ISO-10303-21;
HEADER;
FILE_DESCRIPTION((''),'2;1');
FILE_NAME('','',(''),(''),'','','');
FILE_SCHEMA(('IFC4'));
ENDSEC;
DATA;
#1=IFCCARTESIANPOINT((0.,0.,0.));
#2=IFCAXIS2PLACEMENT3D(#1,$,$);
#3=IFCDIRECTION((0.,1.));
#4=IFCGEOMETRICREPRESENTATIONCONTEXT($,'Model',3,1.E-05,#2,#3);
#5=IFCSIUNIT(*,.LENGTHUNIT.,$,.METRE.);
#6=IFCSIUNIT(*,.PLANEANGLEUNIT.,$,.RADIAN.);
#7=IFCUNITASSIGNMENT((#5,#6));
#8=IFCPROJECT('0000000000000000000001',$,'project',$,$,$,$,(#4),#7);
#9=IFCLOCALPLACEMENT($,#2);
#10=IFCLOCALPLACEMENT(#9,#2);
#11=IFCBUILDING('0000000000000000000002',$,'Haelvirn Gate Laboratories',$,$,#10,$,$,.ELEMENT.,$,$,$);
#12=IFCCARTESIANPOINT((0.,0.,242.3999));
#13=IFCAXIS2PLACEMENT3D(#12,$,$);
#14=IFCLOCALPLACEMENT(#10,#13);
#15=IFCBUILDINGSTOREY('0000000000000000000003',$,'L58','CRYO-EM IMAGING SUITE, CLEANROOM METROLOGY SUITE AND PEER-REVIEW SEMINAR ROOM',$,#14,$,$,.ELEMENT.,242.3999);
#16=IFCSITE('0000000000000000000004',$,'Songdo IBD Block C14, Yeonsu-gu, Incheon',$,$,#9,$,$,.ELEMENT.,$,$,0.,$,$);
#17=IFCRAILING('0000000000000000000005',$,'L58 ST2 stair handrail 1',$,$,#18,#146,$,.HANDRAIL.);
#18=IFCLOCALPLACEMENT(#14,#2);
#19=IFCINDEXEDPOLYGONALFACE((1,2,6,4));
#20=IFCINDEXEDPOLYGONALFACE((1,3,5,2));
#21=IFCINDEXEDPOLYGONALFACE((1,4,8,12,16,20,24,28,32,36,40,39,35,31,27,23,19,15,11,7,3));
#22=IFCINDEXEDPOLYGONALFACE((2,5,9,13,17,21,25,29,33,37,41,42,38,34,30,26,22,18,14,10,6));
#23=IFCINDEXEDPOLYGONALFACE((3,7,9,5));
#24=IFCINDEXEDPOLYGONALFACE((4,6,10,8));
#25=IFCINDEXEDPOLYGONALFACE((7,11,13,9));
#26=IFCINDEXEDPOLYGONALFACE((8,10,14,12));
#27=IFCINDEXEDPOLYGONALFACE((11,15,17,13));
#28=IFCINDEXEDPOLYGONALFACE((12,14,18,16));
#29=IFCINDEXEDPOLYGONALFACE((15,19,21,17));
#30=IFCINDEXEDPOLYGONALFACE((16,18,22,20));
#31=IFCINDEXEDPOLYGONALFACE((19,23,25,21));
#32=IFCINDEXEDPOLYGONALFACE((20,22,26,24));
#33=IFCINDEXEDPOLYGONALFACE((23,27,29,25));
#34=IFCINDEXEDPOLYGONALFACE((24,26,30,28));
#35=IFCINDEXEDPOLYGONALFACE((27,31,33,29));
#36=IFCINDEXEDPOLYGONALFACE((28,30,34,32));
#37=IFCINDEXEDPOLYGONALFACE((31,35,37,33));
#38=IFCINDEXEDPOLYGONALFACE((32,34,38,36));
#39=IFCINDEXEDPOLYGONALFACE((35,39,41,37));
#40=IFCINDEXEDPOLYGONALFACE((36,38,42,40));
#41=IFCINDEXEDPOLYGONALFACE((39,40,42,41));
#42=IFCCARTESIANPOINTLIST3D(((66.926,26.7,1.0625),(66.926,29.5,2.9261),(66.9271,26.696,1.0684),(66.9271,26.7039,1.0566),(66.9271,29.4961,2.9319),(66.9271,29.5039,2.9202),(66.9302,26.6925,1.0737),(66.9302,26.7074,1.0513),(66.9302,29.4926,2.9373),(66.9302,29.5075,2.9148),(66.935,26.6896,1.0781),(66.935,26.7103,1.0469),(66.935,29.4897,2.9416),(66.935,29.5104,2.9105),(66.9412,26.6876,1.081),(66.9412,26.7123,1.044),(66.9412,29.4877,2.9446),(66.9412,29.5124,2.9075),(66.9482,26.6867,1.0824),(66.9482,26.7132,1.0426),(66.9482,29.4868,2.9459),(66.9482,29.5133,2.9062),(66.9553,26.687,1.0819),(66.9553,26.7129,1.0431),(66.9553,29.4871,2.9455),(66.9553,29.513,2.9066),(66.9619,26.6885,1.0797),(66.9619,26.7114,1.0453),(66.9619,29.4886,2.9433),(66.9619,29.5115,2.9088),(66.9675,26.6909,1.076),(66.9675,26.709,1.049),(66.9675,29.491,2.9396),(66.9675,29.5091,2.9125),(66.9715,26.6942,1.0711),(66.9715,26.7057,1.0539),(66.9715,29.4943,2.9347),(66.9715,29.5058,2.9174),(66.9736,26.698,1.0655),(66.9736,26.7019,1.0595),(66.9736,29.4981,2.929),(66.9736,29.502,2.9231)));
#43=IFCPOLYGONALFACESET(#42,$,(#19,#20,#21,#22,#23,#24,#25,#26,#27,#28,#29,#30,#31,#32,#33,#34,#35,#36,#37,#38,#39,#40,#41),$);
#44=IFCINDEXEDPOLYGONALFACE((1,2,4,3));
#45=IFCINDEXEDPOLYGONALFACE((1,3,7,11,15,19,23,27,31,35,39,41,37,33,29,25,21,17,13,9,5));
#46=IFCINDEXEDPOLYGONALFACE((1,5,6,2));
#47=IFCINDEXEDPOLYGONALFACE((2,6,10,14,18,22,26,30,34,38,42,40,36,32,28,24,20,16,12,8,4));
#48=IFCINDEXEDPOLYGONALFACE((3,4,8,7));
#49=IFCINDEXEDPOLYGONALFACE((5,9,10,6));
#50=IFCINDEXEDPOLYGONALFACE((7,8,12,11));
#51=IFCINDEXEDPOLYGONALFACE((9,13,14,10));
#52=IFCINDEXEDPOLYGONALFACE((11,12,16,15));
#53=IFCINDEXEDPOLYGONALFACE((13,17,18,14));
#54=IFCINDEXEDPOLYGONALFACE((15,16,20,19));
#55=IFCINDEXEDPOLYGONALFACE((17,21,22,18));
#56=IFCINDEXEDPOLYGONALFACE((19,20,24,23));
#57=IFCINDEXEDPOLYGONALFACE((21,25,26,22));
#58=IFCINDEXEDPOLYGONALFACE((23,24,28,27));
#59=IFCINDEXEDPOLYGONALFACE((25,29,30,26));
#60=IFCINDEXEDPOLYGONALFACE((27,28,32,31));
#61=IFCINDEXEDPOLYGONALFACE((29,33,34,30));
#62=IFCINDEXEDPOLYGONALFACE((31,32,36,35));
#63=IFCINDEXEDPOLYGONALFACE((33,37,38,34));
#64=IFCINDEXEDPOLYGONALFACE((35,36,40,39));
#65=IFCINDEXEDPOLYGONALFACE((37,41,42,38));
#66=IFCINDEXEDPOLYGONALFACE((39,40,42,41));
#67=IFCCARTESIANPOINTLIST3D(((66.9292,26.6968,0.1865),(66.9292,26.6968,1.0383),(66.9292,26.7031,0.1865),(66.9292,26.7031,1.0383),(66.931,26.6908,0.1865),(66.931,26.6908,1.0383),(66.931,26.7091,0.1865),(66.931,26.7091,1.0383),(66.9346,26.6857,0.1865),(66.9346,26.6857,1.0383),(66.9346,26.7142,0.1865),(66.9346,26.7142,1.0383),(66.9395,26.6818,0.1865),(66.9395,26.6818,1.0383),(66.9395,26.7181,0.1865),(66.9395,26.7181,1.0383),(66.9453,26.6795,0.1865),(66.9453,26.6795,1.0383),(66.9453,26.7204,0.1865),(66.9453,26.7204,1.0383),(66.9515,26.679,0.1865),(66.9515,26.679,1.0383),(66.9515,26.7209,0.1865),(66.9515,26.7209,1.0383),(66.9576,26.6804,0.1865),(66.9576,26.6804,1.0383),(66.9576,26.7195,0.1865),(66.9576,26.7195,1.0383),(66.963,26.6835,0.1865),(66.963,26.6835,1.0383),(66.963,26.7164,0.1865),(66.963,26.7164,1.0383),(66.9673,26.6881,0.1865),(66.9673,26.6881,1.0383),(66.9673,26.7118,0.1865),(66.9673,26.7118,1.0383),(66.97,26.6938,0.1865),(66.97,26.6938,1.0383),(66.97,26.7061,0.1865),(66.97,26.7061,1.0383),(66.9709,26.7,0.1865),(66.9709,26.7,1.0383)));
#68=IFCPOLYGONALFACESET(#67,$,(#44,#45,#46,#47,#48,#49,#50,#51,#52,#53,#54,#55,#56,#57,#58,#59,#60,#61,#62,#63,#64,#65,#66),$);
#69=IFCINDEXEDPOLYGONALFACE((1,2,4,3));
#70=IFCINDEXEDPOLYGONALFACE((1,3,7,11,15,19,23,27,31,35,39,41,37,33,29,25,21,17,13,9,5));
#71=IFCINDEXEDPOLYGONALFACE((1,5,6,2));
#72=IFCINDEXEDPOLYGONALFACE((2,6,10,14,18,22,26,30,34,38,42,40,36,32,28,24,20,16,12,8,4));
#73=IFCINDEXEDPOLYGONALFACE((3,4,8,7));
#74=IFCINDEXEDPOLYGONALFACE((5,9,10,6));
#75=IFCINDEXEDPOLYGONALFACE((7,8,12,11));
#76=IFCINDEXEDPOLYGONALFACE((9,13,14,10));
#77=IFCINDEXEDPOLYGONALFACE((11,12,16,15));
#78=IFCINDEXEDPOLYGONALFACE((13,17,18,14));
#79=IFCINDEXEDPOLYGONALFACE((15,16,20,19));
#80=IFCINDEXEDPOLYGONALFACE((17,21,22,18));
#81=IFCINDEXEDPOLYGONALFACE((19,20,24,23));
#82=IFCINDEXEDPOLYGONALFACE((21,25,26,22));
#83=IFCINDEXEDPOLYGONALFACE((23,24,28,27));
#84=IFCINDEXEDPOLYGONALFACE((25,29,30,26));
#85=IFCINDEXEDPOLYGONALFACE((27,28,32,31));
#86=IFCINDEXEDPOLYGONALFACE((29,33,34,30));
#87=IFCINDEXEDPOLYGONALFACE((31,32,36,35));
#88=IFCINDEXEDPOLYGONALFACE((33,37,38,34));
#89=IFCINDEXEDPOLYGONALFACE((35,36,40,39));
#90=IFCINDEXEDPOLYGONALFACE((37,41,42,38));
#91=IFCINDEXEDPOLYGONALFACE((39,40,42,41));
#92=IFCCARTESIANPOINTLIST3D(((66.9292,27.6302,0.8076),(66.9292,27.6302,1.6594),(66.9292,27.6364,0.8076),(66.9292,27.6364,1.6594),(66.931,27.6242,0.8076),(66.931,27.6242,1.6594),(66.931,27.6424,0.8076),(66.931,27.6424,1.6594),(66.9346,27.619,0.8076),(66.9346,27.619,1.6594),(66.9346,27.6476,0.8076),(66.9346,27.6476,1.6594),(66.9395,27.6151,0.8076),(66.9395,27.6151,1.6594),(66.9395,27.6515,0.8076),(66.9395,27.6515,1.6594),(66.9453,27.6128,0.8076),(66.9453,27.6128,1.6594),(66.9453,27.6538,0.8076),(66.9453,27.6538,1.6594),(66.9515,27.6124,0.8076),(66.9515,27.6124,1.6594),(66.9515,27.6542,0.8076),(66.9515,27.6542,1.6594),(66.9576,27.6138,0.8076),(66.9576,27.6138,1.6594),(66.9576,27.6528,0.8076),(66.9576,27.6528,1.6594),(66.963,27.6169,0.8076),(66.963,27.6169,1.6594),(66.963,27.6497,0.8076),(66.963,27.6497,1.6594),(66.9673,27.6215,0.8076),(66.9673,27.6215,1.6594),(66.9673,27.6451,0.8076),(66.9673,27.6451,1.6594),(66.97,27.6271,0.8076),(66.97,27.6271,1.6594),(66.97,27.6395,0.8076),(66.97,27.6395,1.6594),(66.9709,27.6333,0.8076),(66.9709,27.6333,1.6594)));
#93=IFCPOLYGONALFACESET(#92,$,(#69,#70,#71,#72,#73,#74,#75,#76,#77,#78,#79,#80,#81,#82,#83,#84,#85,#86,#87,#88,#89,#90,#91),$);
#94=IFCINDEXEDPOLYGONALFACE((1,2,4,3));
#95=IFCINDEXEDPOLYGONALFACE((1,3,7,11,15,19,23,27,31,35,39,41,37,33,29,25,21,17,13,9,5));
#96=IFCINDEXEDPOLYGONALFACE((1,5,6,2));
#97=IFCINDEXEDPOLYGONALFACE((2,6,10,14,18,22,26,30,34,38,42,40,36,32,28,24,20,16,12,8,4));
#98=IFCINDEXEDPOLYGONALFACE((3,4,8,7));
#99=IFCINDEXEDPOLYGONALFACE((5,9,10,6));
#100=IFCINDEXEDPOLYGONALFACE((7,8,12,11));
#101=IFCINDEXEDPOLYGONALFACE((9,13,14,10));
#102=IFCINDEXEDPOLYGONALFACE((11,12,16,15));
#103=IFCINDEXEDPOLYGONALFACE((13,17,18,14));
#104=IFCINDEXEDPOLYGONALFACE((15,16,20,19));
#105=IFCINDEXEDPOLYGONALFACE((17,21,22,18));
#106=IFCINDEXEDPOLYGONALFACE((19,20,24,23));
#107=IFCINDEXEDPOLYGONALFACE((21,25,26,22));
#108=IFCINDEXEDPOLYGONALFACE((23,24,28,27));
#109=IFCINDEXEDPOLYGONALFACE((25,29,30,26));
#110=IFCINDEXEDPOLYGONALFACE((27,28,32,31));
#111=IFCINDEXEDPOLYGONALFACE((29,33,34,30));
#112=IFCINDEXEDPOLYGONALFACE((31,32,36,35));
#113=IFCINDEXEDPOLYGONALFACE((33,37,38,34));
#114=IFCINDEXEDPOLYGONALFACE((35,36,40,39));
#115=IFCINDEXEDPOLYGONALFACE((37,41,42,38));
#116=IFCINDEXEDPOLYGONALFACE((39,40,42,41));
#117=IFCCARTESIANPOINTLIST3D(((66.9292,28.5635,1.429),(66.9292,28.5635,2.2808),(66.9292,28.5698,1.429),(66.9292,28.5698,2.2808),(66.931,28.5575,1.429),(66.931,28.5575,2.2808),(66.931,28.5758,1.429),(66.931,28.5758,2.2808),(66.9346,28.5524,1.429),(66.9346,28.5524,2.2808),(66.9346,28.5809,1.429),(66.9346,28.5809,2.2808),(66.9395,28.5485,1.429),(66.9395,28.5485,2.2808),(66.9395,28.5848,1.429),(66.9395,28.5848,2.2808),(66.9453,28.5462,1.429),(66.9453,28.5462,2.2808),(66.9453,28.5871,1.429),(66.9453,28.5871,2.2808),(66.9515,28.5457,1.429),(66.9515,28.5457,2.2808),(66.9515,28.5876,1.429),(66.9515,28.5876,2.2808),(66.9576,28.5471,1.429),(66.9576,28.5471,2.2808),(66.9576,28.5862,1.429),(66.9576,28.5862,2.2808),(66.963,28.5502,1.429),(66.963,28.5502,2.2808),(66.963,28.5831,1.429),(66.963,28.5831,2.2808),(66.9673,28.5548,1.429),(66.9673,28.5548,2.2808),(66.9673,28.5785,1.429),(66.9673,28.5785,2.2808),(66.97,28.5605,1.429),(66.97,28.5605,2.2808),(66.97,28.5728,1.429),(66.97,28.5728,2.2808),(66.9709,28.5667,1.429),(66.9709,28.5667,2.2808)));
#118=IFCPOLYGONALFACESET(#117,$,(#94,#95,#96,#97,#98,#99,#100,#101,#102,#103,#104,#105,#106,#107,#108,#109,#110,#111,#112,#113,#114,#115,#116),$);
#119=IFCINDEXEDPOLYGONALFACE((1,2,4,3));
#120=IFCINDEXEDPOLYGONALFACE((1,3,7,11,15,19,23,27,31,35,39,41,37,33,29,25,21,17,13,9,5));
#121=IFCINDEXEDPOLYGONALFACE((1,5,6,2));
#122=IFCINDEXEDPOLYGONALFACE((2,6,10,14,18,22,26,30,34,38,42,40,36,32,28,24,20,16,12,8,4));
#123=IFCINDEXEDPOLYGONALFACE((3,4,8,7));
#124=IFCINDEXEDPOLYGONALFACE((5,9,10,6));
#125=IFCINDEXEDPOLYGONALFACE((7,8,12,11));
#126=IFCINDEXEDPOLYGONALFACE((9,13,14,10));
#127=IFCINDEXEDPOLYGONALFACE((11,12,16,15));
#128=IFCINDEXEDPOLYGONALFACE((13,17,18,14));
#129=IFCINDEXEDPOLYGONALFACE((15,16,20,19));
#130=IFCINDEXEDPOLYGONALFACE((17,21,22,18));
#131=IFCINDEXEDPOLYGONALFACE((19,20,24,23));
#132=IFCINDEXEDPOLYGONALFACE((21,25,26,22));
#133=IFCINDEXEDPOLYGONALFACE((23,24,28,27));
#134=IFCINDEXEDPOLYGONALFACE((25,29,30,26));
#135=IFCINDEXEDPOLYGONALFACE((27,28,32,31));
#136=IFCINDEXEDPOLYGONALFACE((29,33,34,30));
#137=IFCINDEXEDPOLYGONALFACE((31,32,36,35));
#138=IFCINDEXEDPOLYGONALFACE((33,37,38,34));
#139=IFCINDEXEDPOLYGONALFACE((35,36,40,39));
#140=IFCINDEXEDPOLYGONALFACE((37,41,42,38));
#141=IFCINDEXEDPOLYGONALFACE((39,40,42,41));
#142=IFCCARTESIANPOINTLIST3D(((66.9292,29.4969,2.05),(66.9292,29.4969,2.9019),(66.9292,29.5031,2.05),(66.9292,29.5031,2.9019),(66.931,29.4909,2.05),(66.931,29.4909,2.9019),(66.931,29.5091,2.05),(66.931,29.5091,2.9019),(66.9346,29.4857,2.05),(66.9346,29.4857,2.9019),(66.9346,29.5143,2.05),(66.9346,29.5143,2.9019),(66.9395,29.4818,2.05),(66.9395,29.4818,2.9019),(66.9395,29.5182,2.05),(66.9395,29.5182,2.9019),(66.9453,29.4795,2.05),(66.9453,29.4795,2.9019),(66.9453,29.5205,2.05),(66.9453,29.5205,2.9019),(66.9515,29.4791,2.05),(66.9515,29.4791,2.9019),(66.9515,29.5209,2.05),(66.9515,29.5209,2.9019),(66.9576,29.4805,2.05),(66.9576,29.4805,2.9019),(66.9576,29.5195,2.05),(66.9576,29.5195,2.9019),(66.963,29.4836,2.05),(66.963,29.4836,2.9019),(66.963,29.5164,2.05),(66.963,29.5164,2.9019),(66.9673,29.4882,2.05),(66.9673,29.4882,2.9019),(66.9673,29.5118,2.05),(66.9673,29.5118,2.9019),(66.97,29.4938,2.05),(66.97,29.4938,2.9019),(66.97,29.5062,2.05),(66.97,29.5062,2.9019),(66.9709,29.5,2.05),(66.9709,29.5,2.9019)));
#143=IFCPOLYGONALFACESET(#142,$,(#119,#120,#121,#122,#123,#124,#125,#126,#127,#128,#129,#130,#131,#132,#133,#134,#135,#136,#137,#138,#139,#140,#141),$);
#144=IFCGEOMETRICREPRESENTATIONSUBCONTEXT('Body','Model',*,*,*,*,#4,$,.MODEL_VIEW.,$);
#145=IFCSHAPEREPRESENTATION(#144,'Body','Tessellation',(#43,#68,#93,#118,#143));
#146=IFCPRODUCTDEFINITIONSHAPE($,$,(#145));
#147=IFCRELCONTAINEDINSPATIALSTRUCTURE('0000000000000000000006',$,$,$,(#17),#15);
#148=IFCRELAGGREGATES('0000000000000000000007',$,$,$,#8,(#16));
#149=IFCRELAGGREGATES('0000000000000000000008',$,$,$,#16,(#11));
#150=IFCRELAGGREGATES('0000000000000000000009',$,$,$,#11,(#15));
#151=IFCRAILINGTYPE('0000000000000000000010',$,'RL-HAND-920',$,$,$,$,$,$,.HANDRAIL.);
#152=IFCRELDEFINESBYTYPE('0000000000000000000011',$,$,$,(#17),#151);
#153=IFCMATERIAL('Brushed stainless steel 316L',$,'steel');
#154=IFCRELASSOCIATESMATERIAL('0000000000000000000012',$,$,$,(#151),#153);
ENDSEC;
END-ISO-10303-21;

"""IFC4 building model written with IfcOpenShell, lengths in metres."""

from ifc_helpers import new_model, si_unit, direction, frame, origin, origin_2d, place, context, subcontext, project, spatial, circle, extrude, source, transform, mapped, material, type_object, element, save


model = new_model("IFC4")

# Units and contexts
model_context = context("Model", 3, precision=1e-05, world=origin(), true_north=direction((0.0, 1.0)))
body_context = subcontext(model_context, "Body", "Model", "MODEL_VIEW")
ifc_project = project(units=[si_unit("LENGTHUNIT", "METRE"), si_unit("PLANEANGLEUNIT", "RADIAN")], contexts=[model_context])

# Site, building, storey
site_placement = place(None, origin())
site = spatial("IfcSite", under=ifc_project, at=site_placement, Name="Songdo IBD Block C14, Yeonsu-gu, Incheon", CompositionType="ELEMENT", RefElevation=0.0)
building_placement = place(site_placement, origin())
building = spatial("IfcBuilding", under=site, at=building_placement, Name="Haelvirn Gate Laboratories", CompositionType="ELEMENT")
storey_placement = place(building_placement, frame((0.0, 0.0, 242.3999)))
storey = spatial("IfcBuildingStorey", under=building, at=storey_placement, Name="L58", Description="CRYO-EM IMAGING SUITE, CLEANROOM METROLOGY SUITE AND PEER-REVIEW SEMINAR ROOM", CompositionType="ELEMENT", Elevation=242.3999)

# Railing
ifc_material_1 = material(Name="Brushed stainless steel 316L", Category="steel")
railing_type_1 = type_object("IfcRailingType", Name="RL-HAND-920", PredefinedType="HANDRAIL", material=ifc_material_1)
shared_shape_1 = source(origin(), body_context, "Body", "SweptSolid", [
    extrude(circle(Radius=0.0239, at=origin_2d()), frame((0.0, 0.0, 0.876), z_axis=(0.0, 0.832486, 0.554047), x_axis=(-1.0, 0.0, 0.0)), (0.0, 0.0, 1.0), 3.3635),
    extrude(circle(Radius=0.021, at=origin_2d()), origin(), (0.0, 0.0, 1.0), 0.8518),
    extrude(circle(Radius=0.021, at=origin_2d()), frame((0.0, 0.9333, 0.6211)), (0.0, 0.0, 1.0), 0.8518),
    extrude(circle(Radius=0.021, at=origin_2d()), frame((0.0, 1.8667, 1.2424)), (0.0, 0.0, 1.0), 0.8518),
    extrude(circle(Radius=0.021, at=origin_2d()), frame((0.0, 2.8, 1.8635)), (0.0, 0.0, 1.0), 0.8518),
])
railing_1_placement = place(storey_placement, frame((66.95, 26.7, 0.1865)))
element("IfcRailing", 1, at=railing_1_placement, inside=storey, type_object=railing_type_1, Name="L58 ST2 stair handrail 1", PredefinedType="HANDRAIL", context=body_context, shape_type="MappedRepresentation", body=[
    mapped(shared_shape_1, transform((0.0, 0.0, 0.0), scale=1.0)),
])

save(model, "model.ifc")
